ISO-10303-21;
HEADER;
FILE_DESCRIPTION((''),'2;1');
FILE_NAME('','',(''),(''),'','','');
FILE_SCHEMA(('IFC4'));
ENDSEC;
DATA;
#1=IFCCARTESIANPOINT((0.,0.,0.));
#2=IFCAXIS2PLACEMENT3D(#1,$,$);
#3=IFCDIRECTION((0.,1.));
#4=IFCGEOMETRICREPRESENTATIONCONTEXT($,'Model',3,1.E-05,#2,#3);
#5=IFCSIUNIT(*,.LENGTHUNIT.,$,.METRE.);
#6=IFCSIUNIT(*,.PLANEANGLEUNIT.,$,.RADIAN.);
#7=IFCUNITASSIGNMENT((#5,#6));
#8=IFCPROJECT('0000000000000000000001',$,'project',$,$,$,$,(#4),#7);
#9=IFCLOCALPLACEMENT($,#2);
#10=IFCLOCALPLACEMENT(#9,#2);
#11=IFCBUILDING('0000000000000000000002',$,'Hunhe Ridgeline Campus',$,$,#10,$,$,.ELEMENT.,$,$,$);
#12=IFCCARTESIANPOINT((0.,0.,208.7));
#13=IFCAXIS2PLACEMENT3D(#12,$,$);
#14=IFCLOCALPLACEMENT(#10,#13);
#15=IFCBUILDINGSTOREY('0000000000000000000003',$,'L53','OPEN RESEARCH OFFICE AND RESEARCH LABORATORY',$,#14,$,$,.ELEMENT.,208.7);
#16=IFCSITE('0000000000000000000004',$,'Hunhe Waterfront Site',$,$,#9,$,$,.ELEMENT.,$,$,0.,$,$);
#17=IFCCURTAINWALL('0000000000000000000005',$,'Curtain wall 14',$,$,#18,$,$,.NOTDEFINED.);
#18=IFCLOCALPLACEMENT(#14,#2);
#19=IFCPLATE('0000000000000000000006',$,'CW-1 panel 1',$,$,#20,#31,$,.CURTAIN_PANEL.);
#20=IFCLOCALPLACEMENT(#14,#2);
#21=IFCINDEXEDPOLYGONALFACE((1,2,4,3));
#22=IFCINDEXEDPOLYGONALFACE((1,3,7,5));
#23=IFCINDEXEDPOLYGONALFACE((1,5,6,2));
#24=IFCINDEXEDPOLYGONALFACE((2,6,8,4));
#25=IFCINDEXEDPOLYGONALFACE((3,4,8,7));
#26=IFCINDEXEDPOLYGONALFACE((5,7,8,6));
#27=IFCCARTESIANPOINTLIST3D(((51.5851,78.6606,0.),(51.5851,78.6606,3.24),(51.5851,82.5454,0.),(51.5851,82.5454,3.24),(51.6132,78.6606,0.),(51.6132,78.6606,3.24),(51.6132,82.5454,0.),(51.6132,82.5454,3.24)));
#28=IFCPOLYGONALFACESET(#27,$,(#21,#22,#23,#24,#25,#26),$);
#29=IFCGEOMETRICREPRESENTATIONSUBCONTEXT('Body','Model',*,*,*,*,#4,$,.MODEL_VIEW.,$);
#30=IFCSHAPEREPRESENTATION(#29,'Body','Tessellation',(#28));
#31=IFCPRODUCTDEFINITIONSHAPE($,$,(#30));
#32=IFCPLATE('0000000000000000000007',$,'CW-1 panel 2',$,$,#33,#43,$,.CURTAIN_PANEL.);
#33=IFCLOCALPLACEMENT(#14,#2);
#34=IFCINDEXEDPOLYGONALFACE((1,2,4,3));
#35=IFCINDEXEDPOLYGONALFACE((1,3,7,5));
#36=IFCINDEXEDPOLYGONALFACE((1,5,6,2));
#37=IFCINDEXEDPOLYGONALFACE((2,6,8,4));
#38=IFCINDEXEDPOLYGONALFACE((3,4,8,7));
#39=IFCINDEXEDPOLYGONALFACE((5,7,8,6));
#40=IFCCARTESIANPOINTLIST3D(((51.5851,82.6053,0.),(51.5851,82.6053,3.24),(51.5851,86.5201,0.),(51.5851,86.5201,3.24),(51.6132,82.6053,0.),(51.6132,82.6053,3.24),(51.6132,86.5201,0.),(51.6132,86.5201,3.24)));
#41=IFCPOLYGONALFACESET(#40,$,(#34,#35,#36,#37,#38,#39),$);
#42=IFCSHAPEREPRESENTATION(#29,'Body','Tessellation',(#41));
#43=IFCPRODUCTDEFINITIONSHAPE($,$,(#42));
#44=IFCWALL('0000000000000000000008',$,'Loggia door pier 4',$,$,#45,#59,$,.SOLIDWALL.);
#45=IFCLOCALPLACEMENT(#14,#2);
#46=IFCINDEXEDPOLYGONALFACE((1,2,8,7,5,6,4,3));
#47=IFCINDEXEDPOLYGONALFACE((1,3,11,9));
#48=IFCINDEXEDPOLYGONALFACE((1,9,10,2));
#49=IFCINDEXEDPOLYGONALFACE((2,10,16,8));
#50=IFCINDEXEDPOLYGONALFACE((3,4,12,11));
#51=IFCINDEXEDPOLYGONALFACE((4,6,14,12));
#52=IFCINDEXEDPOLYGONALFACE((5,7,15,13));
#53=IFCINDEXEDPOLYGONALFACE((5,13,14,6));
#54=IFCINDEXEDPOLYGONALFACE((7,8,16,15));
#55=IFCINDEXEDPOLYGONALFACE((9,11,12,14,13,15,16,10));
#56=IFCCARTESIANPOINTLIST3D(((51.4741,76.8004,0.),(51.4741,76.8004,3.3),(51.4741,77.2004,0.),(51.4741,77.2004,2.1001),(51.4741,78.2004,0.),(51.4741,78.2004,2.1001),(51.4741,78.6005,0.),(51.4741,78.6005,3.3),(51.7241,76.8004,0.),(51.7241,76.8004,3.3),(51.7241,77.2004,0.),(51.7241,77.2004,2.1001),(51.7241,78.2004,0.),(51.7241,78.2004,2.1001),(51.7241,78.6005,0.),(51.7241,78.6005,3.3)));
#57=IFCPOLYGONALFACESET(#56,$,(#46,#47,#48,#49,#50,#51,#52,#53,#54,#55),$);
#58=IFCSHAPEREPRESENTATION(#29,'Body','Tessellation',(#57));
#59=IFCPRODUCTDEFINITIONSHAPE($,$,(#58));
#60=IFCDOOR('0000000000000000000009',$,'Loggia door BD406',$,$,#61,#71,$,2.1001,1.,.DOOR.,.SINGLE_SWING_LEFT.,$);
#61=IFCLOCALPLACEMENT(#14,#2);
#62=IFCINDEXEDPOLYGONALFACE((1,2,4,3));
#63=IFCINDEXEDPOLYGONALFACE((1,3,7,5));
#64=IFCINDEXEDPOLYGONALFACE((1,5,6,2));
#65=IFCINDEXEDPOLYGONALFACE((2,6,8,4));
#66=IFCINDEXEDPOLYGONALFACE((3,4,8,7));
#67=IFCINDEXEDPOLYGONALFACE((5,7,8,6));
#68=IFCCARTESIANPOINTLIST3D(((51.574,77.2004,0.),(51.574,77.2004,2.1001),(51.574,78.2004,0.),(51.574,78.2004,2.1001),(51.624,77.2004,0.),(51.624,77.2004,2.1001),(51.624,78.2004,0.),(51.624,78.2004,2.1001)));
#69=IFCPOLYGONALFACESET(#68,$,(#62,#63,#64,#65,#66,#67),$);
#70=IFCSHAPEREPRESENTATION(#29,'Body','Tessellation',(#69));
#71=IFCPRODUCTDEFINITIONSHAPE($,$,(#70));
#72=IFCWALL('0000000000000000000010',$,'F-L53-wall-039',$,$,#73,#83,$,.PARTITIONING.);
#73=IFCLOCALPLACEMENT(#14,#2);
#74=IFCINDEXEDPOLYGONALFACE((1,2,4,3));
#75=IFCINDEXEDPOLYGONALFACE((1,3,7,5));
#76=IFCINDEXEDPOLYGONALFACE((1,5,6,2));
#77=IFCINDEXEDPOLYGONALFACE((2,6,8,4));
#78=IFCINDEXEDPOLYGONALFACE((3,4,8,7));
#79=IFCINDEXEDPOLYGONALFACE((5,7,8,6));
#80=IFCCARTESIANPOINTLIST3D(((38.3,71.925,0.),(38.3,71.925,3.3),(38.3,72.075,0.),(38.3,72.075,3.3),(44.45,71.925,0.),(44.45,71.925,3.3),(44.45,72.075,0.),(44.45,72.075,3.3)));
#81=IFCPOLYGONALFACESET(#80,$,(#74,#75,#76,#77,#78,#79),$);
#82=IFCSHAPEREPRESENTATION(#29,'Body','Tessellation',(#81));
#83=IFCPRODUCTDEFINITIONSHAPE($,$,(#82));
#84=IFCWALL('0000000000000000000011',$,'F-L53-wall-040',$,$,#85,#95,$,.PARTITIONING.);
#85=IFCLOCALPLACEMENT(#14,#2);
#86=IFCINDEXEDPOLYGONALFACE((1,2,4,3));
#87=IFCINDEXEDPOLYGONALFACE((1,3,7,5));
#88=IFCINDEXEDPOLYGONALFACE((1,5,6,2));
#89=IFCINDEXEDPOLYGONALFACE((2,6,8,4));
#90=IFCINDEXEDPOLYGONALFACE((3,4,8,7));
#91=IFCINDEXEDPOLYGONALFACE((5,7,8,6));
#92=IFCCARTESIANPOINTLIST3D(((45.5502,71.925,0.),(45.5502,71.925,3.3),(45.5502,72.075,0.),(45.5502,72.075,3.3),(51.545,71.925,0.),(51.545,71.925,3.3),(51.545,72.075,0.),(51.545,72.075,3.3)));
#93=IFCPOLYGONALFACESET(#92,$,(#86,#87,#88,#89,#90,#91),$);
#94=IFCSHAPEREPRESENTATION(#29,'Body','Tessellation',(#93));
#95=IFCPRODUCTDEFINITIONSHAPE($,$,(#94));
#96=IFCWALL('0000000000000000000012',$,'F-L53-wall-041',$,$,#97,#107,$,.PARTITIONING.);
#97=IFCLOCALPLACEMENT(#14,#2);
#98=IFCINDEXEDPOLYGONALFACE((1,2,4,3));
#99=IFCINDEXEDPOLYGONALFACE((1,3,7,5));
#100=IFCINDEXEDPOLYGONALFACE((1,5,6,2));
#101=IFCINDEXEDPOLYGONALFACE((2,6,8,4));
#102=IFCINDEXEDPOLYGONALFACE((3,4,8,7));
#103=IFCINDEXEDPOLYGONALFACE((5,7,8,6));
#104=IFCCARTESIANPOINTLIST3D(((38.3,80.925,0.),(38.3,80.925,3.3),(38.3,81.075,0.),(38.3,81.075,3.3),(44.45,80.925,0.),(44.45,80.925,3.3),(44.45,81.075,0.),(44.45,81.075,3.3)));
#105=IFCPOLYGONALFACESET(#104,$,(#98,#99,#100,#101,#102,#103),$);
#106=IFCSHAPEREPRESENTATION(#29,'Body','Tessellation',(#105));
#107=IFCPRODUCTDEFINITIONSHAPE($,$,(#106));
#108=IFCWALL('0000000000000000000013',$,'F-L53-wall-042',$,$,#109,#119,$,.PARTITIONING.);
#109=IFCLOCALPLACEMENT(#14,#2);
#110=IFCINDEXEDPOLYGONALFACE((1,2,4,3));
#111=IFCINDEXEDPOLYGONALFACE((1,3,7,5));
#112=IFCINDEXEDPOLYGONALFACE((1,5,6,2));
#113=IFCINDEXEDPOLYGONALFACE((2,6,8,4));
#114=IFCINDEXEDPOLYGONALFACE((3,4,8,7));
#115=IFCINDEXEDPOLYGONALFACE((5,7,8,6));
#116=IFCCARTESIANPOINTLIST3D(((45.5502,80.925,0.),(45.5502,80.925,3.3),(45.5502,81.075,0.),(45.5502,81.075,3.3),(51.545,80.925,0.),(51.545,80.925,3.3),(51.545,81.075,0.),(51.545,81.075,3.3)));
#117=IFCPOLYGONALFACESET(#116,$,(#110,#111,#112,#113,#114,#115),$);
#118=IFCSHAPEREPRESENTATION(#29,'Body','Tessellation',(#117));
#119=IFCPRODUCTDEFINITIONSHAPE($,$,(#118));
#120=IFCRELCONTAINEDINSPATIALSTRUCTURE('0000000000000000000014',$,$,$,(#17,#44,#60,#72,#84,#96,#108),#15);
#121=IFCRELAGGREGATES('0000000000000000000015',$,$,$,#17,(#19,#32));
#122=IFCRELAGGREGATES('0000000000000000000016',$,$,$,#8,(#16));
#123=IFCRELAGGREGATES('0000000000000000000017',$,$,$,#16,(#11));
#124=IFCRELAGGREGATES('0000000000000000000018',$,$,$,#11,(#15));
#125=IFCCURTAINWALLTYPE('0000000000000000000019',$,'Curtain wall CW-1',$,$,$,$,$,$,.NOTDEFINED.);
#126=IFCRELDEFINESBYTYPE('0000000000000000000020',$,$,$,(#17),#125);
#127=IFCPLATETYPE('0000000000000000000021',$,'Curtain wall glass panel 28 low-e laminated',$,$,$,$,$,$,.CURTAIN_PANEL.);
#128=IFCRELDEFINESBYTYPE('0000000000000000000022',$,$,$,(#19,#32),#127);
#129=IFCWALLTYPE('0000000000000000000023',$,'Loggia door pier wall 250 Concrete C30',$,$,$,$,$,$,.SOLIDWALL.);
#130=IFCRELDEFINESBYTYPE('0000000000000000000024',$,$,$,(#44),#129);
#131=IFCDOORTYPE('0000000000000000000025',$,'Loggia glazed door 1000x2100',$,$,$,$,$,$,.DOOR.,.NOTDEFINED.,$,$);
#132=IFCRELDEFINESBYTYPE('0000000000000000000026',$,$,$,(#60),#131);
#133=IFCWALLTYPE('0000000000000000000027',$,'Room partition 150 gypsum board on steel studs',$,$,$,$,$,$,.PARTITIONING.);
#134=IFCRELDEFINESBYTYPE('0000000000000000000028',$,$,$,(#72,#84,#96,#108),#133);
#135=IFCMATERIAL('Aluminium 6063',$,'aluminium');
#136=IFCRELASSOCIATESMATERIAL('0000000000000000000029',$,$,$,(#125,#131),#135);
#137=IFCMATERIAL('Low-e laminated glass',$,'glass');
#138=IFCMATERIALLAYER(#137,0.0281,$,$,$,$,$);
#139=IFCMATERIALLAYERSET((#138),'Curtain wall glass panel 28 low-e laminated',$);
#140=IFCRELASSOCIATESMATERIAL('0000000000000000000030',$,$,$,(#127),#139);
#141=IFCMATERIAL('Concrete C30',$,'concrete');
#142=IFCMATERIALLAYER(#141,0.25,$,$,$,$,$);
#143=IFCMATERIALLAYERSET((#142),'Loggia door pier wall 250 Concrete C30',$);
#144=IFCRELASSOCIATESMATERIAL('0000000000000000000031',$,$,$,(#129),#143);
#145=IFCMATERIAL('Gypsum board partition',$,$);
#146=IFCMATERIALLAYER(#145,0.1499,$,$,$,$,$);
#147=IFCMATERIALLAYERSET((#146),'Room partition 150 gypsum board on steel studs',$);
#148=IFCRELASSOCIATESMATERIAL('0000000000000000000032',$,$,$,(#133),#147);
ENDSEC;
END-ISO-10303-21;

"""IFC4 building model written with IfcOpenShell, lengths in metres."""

from ifc_helpers import new_model, si_unit, direction, frame, frame_2d, origin, origin_2d, place, context, subcontext, project, spatial, rectangle, extrude, material, layer, layer_set, type_object, element, fill, aggregate, save


model = new_model("IFC4")

# Units and contexts
model_context = context("Model", 3, precision=1e-05, world=origin(), true_north=direction((0.0, 1.0)))
body_context = subcontext(model_context, "Body", "Model", "MODEL_VIEW")
ifc_project = project(units=[si_unit("LENGTHUNIT", "METRE"), si_unit("PLANEANGLEUNIT", "RADIAN")], contexts=[model_context])

# Site, building, storey
site_placement = place(None, origin())
site = spatial("IfcSite", under=ifc_project, at=site_placement, Name="Hunhe Waterfront Site", CompositionType="ELEMENT", RefElevation=0.0)
building_placement = place(site_placement, origin())
building = spatial("IfcBuilding", under=site, at=building_placement, Name="Hunhe Ridgeline Campus", CompositionType="ELEMENT")
storey_placement = place(building_placement, frame((0.0, 0.0, 208.7)))
storey = spatial("IfcBuildingStorey", under=building, at=storey_placement, Name="L53", Description="OPEN RESEARCH OFFICE AND RESEARCH LABORATORY", CompositionType="ELEMENT", Elevation=208.7)

# Curtain wall
ifc_material_1 = material(Name="Aluminium 6063", Category="aluminium")
curtain_wall_type = type_object("IfcCurtainWallType", Name="Curtain wall CW-1", PredefinedType="NOTDEFINED", material=ifc_material_1)
curtain_wall_1_placement = place(storey_placement, origin())
curtain_wall_1 = element("IfcCurtainWall", 1, at=curtain_wall_1_placement, inside=storey, type_object=curtain_wall_type, Name="Curtain wall 14", PredefinedType="NOTDEFINED")

# Plates
ifc_material_2 = material(Name="Low-e laminated glass", Category="glass")
ifc_layer_1 = layer(ifc_material_2, 0.0281)
ifc_layer_set_1 = layer_set([ifc_layer_1], Name="Curtain wall glass panel 28 low-e laminated")
plate_type = type_object("IfcPlateType", Name="Curtain wall glass panel 28 low-e laminated", PredefinedType="CURTAIN_PANEL", material=ifc_layer_set_1)
plate_1_placement = place(storey_placement, frame((51.5991, 80.603, 0.0), z_axis=(0.0, 0.0, 1.0), x_axis=(0.0, 1.0, 0.0)))
plate_1 = element("IfcPlate", 2, at=plate_1_placement, type_object=plate_type, Name="CW-1 panel 1", PredefinedType="CURTAIN_PANEL", context=body_context, shape_type="SweptSolid", body=[
    extrude(rectangle(XDim=3.8848, YDim=0.0281, at=origin_2d()), origin(), (0.0, 0.0, 1.0), 3.24),
])
plate_2_placement = place(storey_placement, frame((51.5991, 84.5627, 0.0), z_axis=(0.0, 0.0, 1.0), x_axis=(0.0, 1.0, 0.0)))
plate_2 = element("IfcPlate", 3, at=plate_2_placement, type_object=plate_type, Name="CW-1 panel 2", PredefinedType="CURTAIN_PANEL", context=body_context, shape_type="SweptSolid", body=[
    extrude(rectangle(XDim=3.9148, YDim=0.0281, at=origin_2d()), origin(), (0.0, 0.0, 1.0), 3.24),
])
aggregate(curtain_wall_1, [plate_1, plate_2])

# Wall, opening, door
ifc_material_3 = material(Name="Concrete C30", Category="concrete")
ifc_layer_2 = layer(ifc_material_3, 0.25)
ifc_layer_set_2 = layer_set([ifc_layer_2], Name="Loggia door pier wall 250 Concrete C30")
wall_type_1 = type_object("IfcWallType", Name="Loggia door pier wall 250 Concrete C30", PredefinedType="SOLIDWALL", material=ifc_layer_set_2)
wall_1_placement = place(storey_placement, frame((51.5991, 76.8005, 0.0), z_axis=(0.0, 0.0, 1.0), x_axis=(0.0, 1.0, 0.0)))
wall_1 = element("IfcWall", 4, at=wall_1_placement, inside=storey, type_object=wall_type_1, Name="Loggia door pier 4", PredefinedType="SOLIDWALL", context=body_context, shape_type="SweptSolid", body=[
    extrude(rectangle(XDim=1.8, YDim=0.25, at=frame_2d((0.8999, 0.0))), origin(), (0.0, 0.0, 1.0), 3.3),
])
opening_placement = place(wall_1_placement, frame((0.3999, 0.0, 0.0)))
opening = element("IfcOpeningElement", 5, at=opening_placement, cuts=wall_1, PredefinedType="OPENING", context=body_context, shape_type="SweptSolid", body=[
    extrude(rectangle(XDim=1.0, YDim=2.1001, at=frame_2d((0.5, 1.05))), frame((0.0, 0.125, 0.0), z_axis=(0.0, -1.0, 0.0), x_axis=(1.0, 0.0, 0.0)), (0.0, 0.0, 1.0), 0.25),
])
door_type = type_object("IfcDoorType", Name="Loggia glazed door 1000x2100", OperationType="NOTDEFINED", PredefinedType="DOOR", material=ifc_material_1)
door_placement = place(opening_placement, frame((1.0, 0.0, 0.0), z_axis=(0.0, 0.0, 1.0), x_axis=(-1.0, 0.0, 0.0)))
door = element("IfcDoor", 6, at=door_placement, inside=storey, type_object=door_type, Name="Loggia door BD406", OperationType="SINGLE_SWING_LEFT", OverallHeight=2.1001, OverallWidth=1.0, PredefinedType="DOOR", context=body_context, shape_type="SweptSolid", body=[
    extrude(rectangle(XDim=1.0, YDim=2.1001, at=frame_2d((0.5, 1.05))), frame((0.0, 0.0249, 0.0), z_axis=(0.0, -1.0, 0.0), x_axis=(1.0, 0.0, 0.0)), (0.0, 0.0, 1.0), 0.05),
])
fill(opening, door)

# Walls
ifc_material_4 = material(Name="Gypsum board partition")
ifc_layer_3 = layer(ifc_material_4, 0.1499)
ifc_layer_set_3 = layer_set([ifc_layer_3], Name="Room partition 150 gypsum board on steel studs")
wall_type_2 = type_object("IfcWallType", Name="Room partition 150 gypsum board on steel studs", PredefinedType="PARTITIONING", material=ifc_layer_set_3)
wall_2_placement = place(storey_placement, frame((38.3, 72.0, 0.0), z_axis=(0.0, 0.0, 1.0), x_axis=(1.0, 0.0, 0.0)))
element("IfcWall", 7, at=wall_2_placement, inside=storey, type_object=wall_type_2, Name="F-L53-wall-039", PredefinedType="PARTITIONING", context=body_context, shape_type="SweptSolid", body=[
    extrude(rectangle(XDim=6.1499, YDim=0.1499, at=frame_2d((3.075, 0.0))), origin(), (0.0, 0.0, 1.0), 3.3),
])
wall_3_placement = place(storey_placement, frame((45.55, 72.0, 0.0), z_axis=(0.0, 0.0, 1.0), x_axis=(1.0, 0.0, 0.0)))
element("IfcWall", 8, at=wall_3_placement, inside=storey, type_object=wall_type_2, Name="F-L53-wall-040", PredefinedType="PARTITIONING", context=body_context, shape_type="SweptSolid", body=[
    extrude(rectangle(XDim=5.9949, YDim=0.1499, at=frame_2d((2.9976, 0.0))), origin(), (0.0, 0.0, 1.0), 3.3),
])
wall_4_placement = place(storey_placement, frame((38.3, 81.0, 0.0), z_axis=(0.0, 0.0, 1.0), x_axis=(1.0, 0.0, 0.0)))
element("IfcWall", 9, at=wall_4_placement, inside=storey, type_object=wall_type_2, Name="F-L53-wall-041", PredefinedType="PARTITIONING", context=body_context, shape_type="SweptSolid", body=[
    extrude(rectangle(XDim=6.1499, YDim=0.1499, at=frame_2d((3.075, 0.0))), origin(), (0.0, 0.0, 1.0), 3.3),
])
wall_5_placement = place(storey_placement, frame((45.55, 81.0, 0.0), z_axis=(0.0, 0.0, 1.0), x_axis=(1.0, 0.0, 0.0)))
element("IfcWall", 10, at=wall_5_placement, inside=storey, type_object=wall_type_2, Name="F-L53-wall-042", PredefinedType="PARTITIONING", context=body_context, shape_type="SweptSolid", body=[
    extrude(rectangle(XDim=5.9949, YDim=0.1499, at=frame_2d((2.9976, 0.0))), origin(), (0.0, 0.0, 1.0), 3.3),
])

save(model, "model.ifc")
